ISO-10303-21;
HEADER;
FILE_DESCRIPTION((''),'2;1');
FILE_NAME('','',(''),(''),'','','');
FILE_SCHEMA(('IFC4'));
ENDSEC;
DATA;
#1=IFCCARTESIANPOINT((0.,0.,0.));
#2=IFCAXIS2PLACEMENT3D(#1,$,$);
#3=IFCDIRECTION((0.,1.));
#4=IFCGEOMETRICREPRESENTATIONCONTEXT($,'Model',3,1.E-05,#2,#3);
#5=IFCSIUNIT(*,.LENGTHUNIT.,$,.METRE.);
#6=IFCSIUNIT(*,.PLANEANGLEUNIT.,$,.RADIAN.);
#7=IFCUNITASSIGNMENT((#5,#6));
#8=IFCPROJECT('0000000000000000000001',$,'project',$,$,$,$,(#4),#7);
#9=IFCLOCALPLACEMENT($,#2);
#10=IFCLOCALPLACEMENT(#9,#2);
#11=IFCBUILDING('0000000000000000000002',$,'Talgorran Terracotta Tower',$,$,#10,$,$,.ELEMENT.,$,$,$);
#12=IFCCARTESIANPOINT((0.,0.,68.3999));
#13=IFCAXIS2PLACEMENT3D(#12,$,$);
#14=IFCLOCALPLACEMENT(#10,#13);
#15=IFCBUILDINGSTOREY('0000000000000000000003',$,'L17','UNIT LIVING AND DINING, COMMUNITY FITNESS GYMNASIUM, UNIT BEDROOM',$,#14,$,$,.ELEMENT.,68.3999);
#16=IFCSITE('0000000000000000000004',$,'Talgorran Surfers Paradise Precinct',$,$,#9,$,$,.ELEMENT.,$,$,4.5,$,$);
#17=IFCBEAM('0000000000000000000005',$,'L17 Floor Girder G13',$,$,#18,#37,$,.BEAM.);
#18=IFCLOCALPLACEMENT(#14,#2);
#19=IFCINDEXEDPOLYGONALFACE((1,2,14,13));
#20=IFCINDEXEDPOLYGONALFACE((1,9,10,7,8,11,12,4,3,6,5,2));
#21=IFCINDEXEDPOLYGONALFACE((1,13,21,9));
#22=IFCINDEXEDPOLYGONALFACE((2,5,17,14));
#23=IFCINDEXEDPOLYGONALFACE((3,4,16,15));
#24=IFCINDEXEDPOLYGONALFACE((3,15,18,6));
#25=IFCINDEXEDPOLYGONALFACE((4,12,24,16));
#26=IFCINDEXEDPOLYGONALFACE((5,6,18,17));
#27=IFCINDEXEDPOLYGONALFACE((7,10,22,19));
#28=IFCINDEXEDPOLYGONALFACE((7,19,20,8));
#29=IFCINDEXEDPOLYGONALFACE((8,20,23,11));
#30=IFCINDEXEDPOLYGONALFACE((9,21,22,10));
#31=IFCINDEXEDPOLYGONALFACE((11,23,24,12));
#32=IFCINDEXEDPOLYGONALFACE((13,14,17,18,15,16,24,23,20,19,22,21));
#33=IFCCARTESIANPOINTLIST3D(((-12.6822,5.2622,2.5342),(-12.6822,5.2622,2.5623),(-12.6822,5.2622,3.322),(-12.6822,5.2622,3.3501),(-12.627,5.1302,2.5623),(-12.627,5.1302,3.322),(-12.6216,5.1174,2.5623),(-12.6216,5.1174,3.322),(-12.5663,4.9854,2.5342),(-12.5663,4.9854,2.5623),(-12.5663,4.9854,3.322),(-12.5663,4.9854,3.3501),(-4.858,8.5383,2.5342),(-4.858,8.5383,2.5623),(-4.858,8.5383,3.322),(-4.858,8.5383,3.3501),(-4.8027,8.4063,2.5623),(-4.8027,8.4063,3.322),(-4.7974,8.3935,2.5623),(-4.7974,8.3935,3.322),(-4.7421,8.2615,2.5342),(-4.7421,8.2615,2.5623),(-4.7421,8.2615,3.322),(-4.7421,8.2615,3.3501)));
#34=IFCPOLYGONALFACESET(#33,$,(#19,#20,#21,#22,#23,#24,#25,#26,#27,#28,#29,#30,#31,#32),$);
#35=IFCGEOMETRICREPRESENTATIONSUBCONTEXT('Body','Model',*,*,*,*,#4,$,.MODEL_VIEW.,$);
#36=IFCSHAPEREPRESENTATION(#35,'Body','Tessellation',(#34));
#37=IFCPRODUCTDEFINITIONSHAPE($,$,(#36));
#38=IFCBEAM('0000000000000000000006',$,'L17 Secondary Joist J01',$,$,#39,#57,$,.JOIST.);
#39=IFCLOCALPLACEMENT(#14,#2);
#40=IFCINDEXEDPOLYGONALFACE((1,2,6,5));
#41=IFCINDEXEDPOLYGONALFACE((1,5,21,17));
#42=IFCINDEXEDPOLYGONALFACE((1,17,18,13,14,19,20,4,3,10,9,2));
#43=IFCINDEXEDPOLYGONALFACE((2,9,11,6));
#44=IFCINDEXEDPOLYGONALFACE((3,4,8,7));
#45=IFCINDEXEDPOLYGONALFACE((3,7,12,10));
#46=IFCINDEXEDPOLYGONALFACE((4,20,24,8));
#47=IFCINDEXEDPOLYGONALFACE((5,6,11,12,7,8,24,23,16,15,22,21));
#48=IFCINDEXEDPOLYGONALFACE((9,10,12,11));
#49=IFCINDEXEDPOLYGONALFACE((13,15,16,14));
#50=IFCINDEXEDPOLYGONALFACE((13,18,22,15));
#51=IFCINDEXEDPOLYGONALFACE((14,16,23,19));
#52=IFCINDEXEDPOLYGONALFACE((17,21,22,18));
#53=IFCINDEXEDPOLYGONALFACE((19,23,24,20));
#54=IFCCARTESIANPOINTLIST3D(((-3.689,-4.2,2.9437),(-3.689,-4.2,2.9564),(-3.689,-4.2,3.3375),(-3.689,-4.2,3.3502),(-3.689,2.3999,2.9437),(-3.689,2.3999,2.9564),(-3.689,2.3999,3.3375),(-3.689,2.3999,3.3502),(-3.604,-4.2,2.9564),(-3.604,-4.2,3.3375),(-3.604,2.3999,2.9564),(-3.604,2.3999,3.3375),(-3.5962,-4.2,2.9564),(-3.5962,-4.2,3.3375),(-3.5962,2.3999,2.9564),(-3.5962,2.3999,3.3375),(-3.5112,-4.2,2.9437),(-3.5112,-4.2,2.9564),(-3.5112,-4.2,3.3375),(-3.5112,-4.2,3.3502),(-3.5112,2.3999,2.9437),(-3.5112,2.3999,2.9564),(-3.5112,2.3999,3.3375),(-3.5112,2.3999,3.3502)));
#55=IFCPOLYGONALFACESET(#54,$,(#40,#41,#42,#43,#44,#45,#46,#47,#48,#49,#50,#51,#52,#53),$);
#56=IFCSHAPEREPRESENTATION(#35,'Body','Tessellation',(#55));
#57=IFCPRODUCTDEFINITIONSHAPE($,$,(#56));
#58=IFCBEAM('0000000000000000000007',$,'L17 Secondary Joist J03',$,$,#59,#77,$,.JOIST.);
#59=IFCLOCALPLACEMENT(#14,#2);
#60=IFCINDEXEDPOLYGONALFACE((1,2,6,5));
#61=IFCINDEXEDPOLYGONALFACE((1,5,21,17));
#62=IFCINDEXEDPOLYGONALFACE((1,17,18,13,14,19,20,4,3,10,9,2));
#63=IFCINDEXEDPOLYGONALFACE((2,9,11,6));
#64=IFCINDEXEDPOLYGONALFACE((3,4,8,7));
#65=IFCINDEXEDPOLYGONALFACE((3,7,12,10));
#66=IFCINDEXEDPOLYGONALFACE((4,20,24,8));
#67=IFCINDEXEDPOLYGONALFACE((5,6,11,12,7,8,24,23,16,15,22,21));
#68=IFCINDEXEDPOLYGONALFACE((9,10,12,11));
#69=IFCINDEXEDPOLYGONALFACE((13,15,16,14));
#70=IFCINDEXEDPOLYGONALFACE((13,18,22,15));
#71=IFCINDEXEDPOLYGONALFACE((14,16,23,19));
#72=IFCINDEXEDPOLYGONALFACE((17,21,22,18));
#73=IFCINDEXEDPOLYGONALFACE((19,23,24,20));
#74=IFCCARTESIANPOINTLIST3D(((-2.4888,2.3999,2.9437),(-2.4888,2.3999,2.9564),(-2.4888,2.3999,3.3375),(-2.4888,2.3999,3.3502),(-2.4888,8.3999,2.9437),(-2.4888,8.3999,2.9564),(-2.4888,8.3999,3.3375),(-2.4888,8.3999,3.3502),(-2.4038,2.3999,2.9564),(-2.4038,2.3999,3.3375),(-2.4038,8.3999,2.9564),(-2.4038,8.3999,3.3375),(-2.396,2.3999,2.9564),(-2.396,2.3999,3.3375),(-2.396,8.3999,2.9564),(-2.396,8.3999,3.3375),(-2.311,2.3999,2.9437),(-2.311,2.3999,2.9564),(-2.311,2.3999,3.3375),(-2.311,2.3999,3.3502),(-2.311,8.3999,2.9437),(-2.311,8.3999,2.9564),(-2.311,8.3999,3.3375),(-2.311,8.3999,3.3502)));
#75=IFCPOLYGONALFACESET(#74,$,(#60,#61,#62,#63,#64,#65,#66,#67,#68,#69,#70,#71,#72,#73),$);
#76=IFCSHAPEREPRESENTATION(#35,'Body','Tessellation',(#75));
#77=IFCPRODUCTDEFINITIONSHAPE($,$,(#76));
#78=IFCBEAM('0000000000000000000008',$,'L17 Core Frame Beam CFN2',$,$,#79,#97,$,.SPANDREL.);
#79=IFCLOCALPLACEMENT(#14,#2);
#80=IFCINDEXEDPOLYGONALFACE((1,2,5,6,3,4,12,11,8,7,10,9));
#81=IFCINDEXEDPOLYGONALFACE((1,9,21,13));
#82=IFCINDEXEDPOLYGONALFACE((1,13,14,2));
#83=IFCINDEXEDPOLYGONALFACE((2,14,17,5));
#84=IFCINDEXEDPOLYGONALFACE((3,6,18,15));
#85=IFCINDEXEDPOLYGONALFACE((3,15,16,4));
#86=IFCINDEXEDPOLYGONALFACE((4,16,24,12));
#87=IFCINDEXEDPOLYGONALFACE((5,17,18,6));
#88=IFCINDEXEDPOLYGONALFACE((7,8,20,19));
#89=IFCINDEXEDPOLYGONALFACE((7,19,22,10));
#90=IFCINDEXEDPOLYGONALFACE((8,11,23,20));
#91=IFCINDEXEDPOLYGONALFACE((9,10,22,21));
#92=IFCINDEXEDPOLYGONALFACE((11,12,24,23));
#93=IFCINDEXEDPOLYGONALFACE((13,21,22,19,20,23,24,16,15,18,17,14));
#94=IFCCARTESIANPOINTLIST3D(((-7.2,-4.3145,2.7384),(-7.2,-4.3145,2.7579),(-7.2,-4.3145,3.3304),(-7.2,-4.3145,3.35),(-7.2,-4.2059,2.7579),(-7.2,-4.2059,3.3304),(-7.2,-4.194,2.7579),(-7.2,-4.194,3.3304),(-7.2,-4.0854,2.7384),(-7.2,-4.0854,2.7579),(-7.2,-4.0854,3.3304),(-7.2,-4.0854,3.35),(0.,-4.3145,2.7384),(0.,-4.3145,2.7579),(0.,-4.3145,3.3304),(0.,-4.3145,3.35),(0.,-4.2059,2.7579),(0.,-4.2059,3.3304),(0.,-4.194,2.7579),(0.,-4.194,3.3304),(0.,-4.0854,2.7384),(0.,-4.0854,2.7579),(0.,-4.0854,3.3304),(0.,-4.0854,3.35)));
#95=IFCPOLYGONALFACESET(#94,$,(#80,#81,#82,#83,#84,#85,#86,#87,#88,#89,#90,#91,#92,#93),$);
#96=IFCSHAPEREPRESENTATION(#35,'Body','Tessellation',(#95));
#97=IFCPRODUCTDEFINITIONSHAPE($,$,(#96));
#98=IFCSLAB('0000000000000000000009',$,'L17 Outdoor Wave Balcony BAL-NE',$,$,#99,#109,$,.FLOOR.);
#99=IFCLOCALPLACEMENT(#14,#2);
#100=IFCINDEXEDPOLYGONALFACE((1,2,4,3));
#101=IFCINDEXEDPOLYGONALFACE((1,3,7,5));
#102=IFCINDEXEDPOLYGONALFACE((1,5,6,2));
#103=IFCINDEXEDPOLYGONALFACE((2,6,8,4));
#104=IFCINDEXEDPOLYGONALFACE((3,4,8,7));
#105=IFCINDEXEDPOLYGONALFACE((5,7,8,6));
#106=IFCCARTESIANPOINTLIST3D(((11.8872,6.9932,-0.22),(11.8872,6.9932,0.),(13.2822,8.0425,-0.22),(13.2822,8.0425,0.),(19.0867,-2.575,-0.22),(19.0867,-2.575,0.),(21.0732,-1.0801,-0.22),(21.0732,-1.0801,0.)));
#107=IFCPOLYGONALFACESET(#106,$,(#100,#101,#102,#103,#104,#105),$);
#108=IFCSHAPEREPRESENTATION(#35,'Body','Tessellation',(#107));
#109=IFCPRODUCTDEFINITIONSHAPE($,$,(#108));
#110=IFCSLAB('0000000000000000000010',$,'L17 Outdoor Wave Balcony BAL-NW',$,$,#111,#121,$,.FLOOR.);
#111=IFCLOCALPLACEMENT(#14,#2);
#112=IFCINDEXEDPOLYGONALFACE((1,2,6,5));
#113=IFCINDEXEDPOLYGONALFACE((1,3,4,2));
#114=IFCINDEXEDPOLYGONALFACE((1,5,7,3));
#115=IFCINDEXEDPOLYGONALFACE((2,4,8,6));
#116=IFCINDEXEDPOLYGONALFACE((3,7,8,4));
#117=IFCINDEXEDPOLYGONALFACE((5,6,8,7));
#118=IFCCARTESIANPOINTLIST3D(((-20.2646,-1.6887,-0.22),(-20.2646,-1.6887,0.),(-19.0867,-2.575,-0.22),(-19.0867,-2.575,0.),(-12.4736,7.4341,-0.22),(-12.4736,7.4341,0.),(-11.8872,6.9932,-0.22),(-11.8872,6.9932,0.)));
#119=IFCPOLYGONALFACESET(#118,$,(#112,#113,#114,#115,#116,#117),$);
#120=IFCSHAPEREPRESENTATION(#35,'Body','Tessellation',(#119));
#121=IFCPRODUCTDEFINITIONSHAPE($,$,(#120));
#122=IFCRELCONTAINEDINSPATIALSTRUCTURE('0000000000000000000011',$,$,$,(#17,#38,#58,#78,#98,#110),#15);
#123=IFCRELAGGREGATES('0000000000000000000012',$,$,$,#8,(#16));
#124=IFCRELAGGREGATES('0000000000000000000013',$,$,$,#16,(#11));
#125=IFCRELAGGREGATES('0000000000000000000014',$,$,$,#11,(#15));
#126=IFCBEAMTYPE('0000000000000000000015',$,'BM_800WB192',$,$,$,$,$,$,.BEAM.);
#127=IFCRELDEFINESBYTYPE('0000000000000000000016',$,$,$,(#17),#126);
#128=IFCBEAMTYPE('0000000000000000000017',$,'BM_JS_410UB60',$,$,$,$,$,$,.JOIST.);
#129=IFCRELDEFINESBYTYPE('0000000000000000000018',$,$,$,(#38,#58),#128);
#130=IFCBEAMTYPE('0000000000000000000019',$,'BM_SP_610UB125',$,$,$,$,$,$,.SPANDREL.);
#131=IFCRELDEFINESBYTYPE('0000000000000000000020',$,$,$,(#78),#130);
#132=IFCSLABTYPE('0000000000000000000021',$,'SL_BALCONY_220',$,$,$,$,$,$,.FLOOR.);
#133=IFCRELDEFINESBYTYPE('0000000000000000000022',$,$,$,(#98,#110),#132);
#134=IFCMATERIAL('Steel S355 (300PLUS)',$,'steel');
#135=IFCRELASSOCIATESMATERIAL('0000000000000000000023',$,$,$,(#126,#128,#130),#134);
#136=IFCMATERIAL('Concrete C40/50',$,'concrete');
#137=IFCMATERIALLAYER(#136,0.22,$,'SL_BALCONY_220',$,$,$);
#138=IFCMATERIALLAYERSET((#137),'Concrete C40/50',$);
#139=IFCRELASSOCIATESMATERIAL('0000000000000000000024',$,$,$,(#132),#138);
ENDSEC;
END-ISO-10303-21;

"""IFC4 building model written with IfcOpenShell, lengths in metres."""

from ifc_helpers import new_model, si_unit, direction, frame, origin, origin_2d, place, context, subcontext, project, spatial, polyline, i_section, outline, extrude, material, layer, layer_set, material_profile, profile_set, type_object, element, save


model = new_model("IFC4")

# Units and contexts
model_context = context("Model", 3, precision=1e-05, world=origin(), true_north=direction((0.0, 1.0)))
body_context = subcontext(model_context, "Body", "Model", "MODEL_VIEW")
ifc_project = project(units=[si_unit("LENGTHUNIT", "METRE"), si_unit("PLANEANGLEUNIT", "RADIAN")], contexts=[model_context])

# Site, building, storey
site_placement = place(None, origin())
site = spatial("IfcSite", under=ifc_project, at=site_placement, Name="Talgorran Surfers Paradise Precinct", CompositionType="ELEMENT", RefElevation=4.5)
building_placement = place(site_placement, origin())
building = spatial("IfcBuilding", under=site, at=building_placement, Name="Talgorran Terracotta Tower", CompositionType="ELEMENT")
storey_placement = place(building_placement, frame((0.0, 0.0, 68.3999)))
storey = spatial("IfcBuildingStorey", under=building, at=storey_placement, Name="L17", Description="UNIT LIVING AND DINING, COMMUNITY FITNESS GYMNASIUM, UNIT BEDROOM", CompositionType="ELEMENT", Elevation=68.3999)

# Shared definitions
ifc_material_1 = material(Name="Steel S355 (300PLUS)", Category="steel")

# Beams
ifc_material_profile_1 = material_profile(ifc_material_1, i_section(OverallWidth=0.3, OverallDepth=0.8159, WebThickness=0.0139, FlangeThickness=0.0281, at=origin_2d()), Name="800WB192")
ifc_profile_set_1 = profile_set([ifc_material_profile_1], Name="Steel S355 (300PLUS)")
beam_type_1 = type_object("IfcBeamType", Name="BM_800WB192", PredefinedType="BEAM", material=ifc_profile_set_1)
beam_1_placement = place(storey_placement, frame((-4.8, 8.3999, 2.9421), z_axis=(-0.922405, -0.386225, 0.0), x_axis=(0.386225, -0.922405, 0.0)))
element("IfcBeam", 1, at=beam_1_placement, inside=storey, type_object=beam_type_1, Name="L17 Floor Girder G13", PredefinedType="BEAM", context=body_context, shape_type="SweptSolid", body=[
    extrude(i_section(OverallWidth=0.3, OverallDepth=0.8159, WebThickness=0.0139, FlangeThickness=0.0281, at=origin_2d()), origin(), (0.0, 0.0, 1.0), 8.4824),
])
ifc_material_profile_2 = material_profile(ifc_material_1, i_section(OverallWidth=0.1777, OverallDepth=0.4065, WebThickness=0.0078, FlangeThickness=0.0127, at=origin_2d()), Name="410UB59.7")
ifc_profile_set_2 = profile_set([ifc_material_profile_2], Name="Steel S355 (300PLUS)")
beam_type_2 = type_object("IfcBeamType", Name="BM_JS_410UB60", PredefinedType="JOIST", material=ifc_profile_set_2)
beam_2_placement = place(storey_placement, frame((-3.6001, -4.2, 3.147), z_axis=(0.0, 1.0, 0.0), x_axis=(-1.0, 0.0, 0.0)))
element("IfcBeam", 2, at=beam_2_placement, inside=storey, type_object=beam_type_2, Name="L17 Secondary Joist J01", PredefinedType="JOIST", context=body_context, shape_type="SweptSolid", body=[
    extrude(i_section(OverallWidth=0.1777, OverallDepth=0.4065, WebThickness=0.0078, FlangeThickness=0.0127, at=origin_2d()), origin(), (0.0, 0.0, 1.0), 6.5999),
])
beam_3_placement = place(storey_placement, frame((-2.3999, 2.3999, 3.147), z_axis=(0.0, 1.0, 0.0), x_axis=(-1.0, 0.0, 0.0)))
element("IfcBeam", 3, at=beam_3_placement, inside=storey, type_object=beam_type_2, Name="L17 Secondary Joist J03", PredefinedType="JOIST", context=body_context, shape_type="SweptSolid", body=[
    extrude(i_section(OverallWidth=0.1777, OverallDepth=0.4065, WebThickness=0.0078, FlangeThickness=0.0127, at=origin_2d()), origin(), (0.0, 0.0, 1.0), 6.0),
])
ifc_material_profile_3 = material_profile(ifc_material_1, i_section(OverallWidth=0.229, OverallDepth=0.6116, WebThickness=0.012, FlangeThickness=0.0195, at=origin_2d()), Name="610UB125")
ifc_profile_set_3 = profile_set([ifc_material_profile_3], Name="Steel S355 (300PLUS)")
beam_type_3 = type_object("IfcBeamType", Name="BM_SP_610UB125", PredefinedType="SPANDREL", material=ifc_profile_set_3)
beam_4_placement = place(storey_placement, frame((-7.2, -4.2, 3.0442), z_axis=(1.0, 0.0, 0.0), x_axis=(0.0, 1.0, 0.0)))
element("IfcBeam", 4, at=beam_4_placement, inside=storey, type_object=beam_type_3, Name="L17 Core Frame Beam CFN2", PredefinedType="SPANDREL", context=body_context, shape_type="SweptSolid", body=[
    extrude(i_section(OverallWidth=0.229, OverallDepth=0.6116, WebThickness=0.012, FlangeThickness=0.0195, at=origin_2d()), origin(), (0.0, 0.0, 1.0), 7.2),
])

# Slabs
ifc_material_2 = material(Name="Concrete C40/50", Category="concrete")
ifc_layer_1 = layer(ifc_material_2, 0.22, Name="SL_BALCONY_220")
ifc_layer_set_1 = layer_set([ifc_layer_1], Name="Concrete C40/50")
slab_type_1 = type_object("IfcSlabType", Name="SL_BALCONY_220", PredefinedType="FLOOR", material=ifc_layer_set_1)
slab_1_placement = place(storey_placement, frame((0.0, 0.0, -0.22)))
element("IfcSlab", 5, at=slab_1_placement, inside=storey, type_object=slab_type_1, Name="L17 Outdoor Wave Balcony BAL-NE", PredefinedType="FLOOR", context=body_context, shape_type="SweptSolid", body=[
    extrude(outline(polyline([(11.8872, 6.9932), (19.0867, -2.575), (21.0732, -1.0801), (13.2822, 8.0425), (11.8872, 6.9932)])), origin(), (0.0, 0.0, 1.0), 0.22),
])
slab_2_placement = place(storey_placement, frame((0.0, 0.0, -0.22)))
element("IfcSlab", 6, at=slab_2_placement, inside=storey, type_object=slab_type_1, Name="L17 Outdoor Wave Balcony BAL-NW", PredefinedType="FLOOR", context=body_context, shape_type="SweptSolid", body=[
    extrude(outline(polyline([(-19.0867, -2.575), (-11.8872, 6.9932), (-12.4736, 7.4341), (-20.2646, -1.6887), (-19.0867, -2.575)])), origin(), (0.0, 0.0, 1.0), 0.22),
])

save(model, "model.ifc")
